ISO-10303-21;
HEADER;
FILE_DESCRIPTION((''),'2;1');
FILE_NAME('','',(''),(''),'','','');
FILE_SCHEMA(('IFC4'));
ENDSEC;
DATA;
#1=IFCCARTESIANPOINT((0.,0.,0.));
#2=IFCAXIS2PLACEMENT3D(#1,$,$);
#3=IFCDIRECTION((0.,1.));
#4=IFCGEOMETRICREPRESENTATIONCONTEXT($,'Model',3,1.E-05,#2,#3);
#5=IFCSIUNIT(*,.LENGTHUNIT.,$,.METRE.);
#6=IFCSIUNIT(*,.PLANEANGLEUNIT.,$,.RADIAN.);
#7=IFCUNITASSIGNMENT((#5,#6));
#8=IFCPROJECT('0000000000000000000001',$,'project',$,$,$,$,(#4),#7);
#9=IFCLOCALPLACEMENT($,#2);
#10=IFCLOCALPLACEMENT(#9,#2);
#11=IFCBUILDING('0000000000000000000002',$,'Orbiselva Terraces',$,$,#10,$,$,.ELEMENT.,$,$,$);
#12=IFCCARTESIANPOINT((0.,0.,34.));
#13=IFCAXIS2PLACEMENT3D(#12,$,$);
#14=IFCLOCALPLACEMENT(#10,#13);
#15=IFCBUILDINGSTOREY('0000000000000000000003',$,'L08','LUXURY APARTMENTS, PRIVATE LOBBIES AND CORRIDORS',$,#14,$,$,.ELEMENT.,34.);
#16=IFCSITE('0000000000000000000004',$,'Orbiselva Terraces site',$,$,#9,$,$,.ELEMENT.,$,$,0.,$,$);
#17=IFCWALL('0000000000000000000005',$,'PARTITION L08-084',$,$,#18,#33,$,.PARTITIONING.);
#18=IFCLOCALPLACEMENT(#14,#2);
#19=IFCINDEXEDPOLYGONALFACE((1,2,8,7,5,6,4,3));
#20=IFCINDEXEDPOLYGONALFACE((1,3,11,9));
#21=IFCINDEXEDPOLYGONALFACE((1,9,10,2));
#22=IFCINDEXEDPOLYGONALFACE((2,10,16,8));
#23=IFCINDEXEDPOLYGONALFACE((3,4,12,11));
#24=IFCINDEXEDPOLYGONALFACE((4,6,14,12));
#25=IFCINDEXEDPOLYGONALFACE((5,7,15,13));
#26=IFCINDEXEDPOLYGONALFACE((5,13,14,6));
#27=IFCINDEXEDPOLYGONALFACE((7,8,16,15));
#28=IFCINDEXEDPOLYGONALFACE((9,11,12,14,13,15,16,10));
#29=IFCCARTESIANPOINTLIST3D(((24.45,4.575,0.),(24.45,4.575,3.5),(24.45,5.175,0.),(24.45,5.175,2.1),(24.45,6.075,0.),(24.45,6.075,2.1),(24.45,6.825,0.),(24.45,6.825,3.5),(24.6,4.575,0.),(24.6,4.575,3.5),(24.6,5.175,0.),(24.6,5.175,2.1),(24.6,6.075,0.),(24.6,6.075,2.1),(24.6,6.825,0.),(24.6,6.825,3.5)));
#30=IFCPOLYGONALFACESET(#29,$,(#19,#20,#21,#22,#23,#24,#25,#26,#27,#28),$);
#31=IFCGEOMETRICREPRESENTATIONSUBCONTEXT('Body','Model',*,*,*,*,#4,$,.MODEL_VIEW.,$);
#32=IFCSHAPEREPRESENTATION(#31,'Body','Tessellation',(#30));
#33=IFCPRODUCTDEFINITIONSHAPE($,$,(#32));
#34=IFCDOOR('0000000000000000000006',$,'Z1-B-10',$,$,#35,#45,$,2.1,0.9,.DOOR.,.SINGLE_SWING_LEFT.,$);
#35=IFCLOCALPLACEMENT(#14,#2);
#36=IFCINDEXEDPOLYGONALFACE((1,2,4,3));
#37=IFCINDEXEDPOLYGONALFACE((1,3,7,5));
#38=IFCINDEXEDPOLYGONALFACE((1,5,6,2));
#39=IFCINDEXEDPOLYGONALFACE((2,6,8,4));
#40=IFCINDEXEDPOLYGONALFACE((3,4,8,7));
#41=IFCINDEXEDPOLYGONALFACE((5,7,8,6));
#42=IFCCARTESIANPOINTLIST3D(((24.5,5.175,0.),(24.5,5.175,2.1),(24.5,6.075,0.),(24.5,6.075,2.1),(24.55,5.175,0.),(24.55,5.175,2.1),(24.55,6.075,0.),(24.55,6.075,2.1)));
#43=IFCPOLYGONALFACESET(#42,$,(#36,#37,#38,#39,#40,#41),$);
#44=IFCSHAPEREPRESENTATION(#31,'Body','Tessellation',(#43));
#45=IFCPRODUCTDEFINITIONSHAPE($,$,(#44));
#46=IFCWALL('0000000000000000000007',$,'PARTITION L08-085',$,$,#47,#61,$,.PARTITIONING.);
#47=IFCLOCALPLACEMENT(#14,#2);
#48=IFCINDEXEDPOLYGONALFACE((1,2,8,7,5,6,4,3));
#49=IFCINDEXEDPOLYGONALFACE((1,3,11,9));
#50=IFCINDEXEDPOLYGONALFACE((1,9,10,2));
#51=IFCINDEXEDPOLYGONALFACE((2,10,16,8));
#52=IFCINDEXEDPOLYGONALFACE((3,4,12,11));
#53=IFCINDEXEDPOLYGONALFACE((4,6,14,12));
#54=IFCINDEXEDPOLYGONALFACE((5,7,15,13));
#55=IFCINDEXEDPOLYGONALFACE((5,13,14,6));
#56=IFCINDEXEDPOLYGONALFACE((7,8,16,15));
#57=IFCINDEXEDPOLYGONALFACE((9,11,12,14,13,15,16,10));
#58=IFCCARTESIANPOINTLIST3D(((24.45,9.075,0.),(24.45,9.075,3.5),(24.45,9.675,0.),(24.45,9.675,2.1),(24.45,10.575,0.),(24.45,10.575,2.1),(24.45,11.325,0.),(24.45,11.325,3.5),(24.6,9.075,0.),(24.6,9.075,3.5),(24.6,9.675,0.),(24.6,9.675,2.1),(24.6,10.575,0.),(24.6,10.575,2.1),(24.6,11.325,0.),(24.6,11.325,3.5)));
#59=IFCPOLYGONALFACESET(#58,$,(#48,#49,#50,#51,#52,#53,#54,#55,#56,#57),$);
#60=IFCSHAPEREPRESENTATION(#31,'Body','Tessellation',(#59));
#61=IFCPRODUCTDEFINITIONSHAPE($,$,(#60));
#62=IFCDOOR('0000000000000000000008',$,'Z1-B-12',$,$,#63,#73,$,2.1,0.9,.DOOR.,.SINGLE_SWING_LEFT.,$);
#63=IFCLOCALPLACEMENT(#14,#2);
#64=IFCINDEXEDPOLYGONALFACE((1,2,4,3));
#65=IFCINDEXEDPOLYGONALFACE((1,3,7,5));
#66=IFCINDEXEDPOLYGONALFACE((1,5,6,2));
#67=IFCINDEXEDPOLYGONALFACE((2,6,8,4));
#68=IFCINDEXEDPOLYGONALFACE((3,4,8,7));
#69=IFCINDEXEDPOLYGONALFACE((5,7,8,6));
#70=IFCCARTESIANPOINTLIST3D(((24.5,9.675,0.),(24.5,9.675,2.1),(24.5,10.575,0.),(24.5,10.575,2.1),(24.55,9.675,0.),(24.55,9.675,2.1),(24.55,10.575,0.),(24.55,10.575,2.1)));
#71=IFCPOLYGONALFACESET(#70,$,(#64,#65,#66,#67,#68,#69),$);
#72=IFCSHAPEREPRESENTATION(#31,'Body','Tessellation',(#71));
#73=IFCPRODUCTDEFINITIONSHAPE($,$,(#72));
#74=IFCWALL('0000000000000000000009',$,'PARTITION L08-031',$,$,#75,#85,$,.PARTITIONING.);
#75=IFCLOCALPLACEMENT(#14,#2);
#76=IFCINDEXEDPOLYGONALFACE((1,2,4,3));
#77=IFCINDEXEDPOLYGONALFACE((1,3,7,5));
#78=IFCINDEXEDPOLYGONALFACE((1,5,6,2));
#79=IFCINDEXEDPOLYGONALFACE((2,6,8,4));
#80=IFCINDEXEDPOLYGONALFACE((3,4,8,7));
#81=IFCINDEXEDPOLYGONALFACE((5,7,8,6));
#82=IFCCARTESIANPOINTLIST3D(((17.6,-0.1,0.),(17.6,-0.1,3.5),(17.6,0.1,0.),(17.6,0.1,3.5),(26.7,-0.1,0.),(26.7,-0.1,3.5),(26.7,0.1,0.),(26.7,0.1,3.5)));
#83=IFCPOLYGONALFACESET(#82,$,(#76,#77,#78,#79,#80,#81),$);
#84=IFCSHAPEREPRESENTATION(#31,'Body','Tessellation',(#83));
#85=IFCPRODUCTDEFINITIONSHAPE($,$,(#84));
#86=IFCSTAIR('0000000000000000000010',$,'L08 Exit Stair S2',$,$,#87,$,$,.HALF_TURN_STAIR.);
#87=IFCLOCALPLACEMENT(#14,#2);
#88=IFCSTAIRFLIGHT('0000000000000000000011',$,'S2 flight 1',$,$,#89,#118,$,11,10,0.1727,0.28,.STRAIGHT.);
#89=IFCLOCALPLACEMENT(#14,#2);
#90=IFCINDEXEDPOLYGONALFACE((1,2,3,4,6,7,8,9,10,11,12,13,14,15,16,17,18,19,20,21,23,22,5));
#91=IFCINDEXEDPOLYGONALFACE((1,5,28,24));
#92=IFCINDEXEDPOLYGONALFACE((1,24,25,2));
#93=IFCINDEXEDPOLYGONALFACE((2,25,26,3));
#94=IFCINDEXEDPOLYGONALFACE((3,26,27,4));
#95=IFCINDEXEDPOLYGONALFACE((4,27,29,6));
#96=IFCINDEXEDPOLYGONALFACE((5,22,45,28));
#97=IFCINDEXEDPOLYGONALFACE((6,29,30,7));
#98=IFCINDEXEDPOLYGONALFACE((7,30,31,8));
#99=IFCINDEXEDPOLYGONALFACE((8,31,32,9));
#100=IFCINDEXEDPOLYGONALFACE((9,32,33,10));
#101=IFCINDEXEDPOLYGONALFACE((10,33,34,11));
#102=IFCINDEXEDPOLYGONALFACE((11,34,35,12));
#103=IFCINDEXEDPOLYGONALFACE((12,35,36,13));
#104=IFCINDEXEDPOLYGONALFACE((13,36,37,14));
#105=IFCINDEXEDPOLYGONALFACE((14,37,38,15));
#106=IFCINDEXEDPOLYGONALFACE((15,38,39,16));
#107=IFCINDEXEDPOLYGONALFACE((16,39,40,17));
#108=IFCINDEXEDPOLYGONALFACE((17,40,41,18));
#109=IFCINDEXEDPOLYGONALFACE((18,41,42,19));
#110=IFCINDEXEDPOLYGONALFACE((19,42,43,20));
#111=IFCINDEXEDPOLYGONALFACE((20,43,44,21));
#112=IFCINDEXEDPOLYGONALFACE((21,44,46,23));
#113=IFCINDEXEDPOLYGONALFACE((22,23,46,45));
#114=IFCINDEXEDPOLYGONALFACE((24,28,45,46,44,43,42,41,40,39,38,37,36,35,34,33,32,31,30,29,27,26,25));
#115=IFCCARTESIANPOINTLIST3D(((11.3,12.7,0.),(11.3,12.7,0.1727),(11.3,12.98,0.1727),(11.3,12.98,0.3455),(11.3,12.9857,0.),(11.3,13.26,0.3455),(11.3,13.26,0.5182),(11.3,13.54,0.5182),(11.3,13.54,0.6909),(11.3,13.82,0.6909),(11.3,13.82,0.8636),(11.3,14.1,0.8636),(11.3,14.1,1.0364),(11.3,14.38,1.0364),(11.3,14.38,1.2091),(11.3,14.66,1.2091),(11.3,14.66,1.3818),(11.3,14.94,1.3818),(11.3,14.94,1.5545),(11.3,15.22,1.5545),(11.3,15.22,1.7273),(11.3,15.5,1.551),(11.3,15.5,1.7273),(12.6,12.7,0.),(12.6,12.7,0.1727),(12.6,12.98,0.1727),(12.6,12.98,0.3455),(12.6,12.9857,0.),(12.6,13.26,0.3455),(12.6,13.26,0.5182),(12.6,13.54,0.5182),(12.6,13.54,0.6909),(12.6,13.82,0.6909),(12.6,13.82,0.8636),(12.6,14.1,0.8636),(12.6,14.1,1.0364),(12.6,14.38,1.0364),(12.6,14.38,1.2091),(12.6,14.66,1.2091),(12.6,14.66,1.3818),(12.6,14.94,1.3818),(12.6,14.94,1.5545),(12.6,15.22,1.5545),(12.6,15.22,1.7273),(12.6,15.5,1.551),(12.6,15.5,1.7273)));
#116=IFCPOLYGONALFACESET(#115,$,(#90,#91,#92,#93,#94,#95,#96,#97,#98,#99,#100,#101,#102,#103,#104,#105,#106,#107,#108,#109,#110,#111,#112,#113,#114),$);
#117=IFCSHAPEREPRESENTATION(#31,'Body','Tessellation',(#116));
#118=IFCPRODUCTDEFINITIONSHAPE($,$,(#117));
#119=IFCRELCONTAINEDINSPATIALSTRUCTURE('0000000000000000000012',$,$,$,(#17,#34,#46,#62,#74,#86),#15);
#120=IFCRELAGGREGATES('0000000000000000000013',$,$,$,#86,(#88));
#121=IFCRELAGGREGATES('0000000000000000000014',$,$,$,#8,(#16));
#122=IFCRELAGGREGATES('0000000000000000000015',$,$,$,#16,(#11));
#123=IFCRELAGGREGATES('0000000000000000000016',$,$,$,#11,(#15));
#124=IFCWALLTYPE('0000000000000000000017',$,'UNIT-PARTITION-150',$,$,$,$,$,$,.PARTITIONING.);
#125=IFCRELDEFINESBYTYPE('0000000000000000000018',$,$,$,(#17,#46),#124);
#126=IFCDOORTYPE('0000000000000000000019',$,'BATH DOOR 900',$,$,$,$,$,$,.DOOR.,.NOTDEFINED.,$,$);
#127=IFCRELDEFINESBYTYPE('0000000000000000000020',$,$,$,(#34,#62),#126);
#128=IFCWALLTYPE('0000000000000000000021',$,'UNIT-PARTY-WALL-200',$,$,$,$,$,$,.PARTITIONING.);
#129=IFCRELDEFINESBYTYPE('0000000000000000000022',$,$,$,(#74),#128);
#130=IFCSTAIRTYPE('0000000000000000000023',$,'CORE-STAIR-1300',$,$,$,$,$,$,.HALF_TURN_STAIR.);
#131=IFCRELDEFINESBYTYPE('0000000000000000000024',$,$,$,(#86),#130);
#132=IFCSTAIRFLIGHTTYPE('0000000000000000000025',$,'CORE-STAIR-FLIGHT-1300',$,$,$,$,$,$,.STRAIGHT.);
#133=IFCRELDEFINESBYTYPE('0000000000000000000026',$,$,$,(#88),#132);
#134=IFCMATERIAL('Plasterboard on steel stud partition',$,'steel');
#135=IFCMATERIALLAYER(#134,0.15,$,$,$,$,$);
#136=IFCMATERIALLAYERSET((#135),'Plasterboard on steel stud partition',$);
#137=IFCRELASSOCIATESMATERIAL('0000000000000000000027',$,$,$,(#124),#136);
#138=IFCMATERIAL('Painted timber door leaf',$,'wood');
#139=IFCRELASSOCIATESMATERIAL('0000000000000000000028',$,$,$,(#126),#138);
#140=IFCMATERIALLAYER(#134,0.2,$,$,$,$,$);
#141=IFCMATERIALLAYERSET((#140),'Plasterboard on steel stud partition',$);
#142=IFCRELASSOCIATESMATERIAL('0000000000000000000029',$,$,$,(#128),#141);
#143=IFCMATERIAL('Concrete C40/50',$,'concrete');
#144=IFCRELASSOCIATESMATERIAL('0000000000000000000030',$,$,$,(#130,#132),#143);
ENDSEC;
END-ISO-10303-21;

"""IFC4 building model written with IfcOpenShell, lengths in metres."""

from ifc_helpers import new_model, si_unit, direction, frame, frame_2d, origin, place, context, subcontext, project, spatial, polyline, rectangle, outline, extrude, material, layer, layer_set, type_object, element, fill, aggregate, save


model = new_model("IFC4")

# Units and contexts
model_context = context("Model", 3, precision=1e-05, world=origin(), true_north=direction((0.0, 1.0)))
body_context = subcontext(model_context, "Body", "Model", "MODEL_VIEW")
ifc_project = project(units=[si_unit("LENGTHUNIT", "METRE"), si_unit("PLANEANGLEUNIT", "RADIAN")], contexts=[model_context])

# Site, building, storey
site_placement = place(None, origin())
site = spatial("IfcSite", under=ifc_project, at=site_placement, Name="Orbiselva Terraces site", CompositionType="ELEMENT", RefElevation=0.0)
building_placement = place(site_placement, origin())
building = spatial("IfcBuilding", under=site, at=building_placement, Name="Orbiselva Terraces", CompositionType="ELEMENT")
storey_placement = place(building_placement, frame((0.0, 0.0, 34.0)))
storey = spatial("IfcBuildingStorey", under=building, at=storey_placement, Name="L08", Description="LUXURY APARTMENTS, PRIVATE LOBBIES AND CORRIDORS", CompositionType="ELEMENT", Elevation=34.0)

# Shared definitions
ifc_material_1 = material(Name="Plasterboard on steel stud partition", Category="steel")
ifc_material_2 = material(Name="Painted timber door leaf", Category="wood")

# Shared definitions
ifc_layer_1 = layer(ifc_material_1, 0.15)
ifc_layer_set_1 = layer_set([ifc_layer_1], Name="Plasterboard on steel stud partition")
wall_type_1 = type_object("IfcWallType", Name="UNIT-PARTITION-150", PredefinedType="PARTITIONING", material=ifc_layer_set_1)

# Walls, openings, doors
wall_1_placement = place(storey_placement, frame((24.525, 4.575, 0.0), z_axis=(0.0, 0.0, 1.0), x_axis=(0.0, 1.0, 0.0)))
wall_1 = element("IfcWall", 1, at=wall_1_placement, inside=storey, type_object=wall_type_1, Name="PARTITION L08-084", PredefinedType="PARTITIONING", context=body_context, shape_type="SweptSolid", body=[
    extrude(rectangle(XDim=2.25, YDim=0.15, at=frame_2d((1.125, 0.0))), origin(), (0.0, 0.0, 1.0), 3.5),
])
opening_1_placement = place(wall_1_placement, frame((0.6, 0.0, 0.0)))
opening_1 = element("IfcOpeningElement", 2, at=opening_1_placement, cuts=wall_1, PredefinedType="OPENING", context=body_context, shape_type="SweptSolid", body=[
    extrude(rectangle(XDim=0.9, YDim=2.1, at=frame_2d((0.45, 1.05))), frame((0.0, 0.085, 0.0), z_axis=(0.0, -1.0, 0.0), x_axis=(1.0, 0.0, 0.0)), (0.0, 0.0, 1.0), 0.17),
])
door_type_1 = type_object("IfcDoorType", Name="BATH DOOR 900", OperationType="NOTDEFINED", PredefinedType="DOOR", material=ifc_material_2)
door_1_placement = place(opening_1_placement, origin())
door_1 = element("IfcDoor", 3, at=door_1_placement, inside=storey, type_object=door_type_1, Name="Z1-B-10", OperationType="SINGLE_SWING_LEFT", OverallHeight=2.1, OverallWidth=0.9, PredefinedType="DOOR", context=body_context, shape_type="SweptSolid", body=[
    extrude(rectangle(XDim=0.9, YDim=2.1, at=frame_2d((0.45, 1.05))), frame((0.0, 0.025, 0.0), z_axis=(0.0, -1.0, 0.0), x_axis=(1.0, 0.0, 0.0)), (0.0, 0.0, 1.0), 0.05),
])
fill(opening_1, door_1)
wall_2_placement = place(storey_placement, frame((24.525, 9.075, 0.0), z_axis=(0.0, 0.0, 1.0), x_axis=(0.0, 1.0, 0.0)))
wall_2 = element("IfcWall", 4, at=wall_2_placement, inside=storey, type_object=wall_type_1, Name="PARTITION L08-085", PredefinedType="PARTITIONING", context=body_context, shape_type="SweptSolid", body=[
    extrude(rectangle(XDim=2.25, YDim=0.15, at=frame_2d((1.125, 0.0))), origin(), (0.0, 0.0, 1.0), 3.5),
])
opening_2_placement = place(wall_2_placement, frame((0.6, 0.0, 0.0)))
opening_2 = element("IfcOpeningElement", 5, at=opening_2_placement, cuts=wall_2, PredefinedType="OPENING", context=body_context, shape_type="SweptSolid", body=[
    extrude(rectangle(XDim=0.9, YDim=2.1, at=frame_2d((0.45, 1.05))), frame((0.0, 0.085, 0.0), z_axis=(0.0, -1.0, 0.0), x_axis=(1.0, 0.0, 0.0)), (0.0, 0.0, 1.0), 0.17),
])
door_2_placement = place(opening_2_placement, origin())
door_2 = element("IfcDoor", 6, at=door_2_placement, inside=storey, type_object=door_type_1, Name="Z1-B-12", OperationType="SINGLE_SWING_LEFT", OverallHeight=2.1, OverallWidth=0.9, PredefinedType="DOOR", context=body_context, shape_type="SweptSolid", body=[
    extrude(rectangle(XDim=0.9, YDim=2.1, at=frame_2d((0.45, 1.05))), frame((0.0, 0.025, 0.0), z_axis=(0.0, -1.0, 0.0), x_axis=(1.0, 0.0, 0.0)), (0.0, 0.0, 1.0), 0.05),
])
fill(opening_2, door_2)

# Wall
ifc_layer_2 = layer(ifc_material_1, 0.2)
ifc_layer_set_2 = layer_set([ifc_layer_2], Name="Plasterboard on steel stud partition")
wall_type_2 = type_object("IfcWallType", Name="UNIT-PARTY-WALL-200", PredefinedType="PARTITIONING", material=ifc_layer_set_2)
wall_3_placement = place(storey_placement, frame((17.6, 0.0, 0.0), z_axis=(0.0, 0.0, 1.0), x_axis=(1.0, 0.0, 0.0)))
element("IfcWall", 7, at=wall_3_placement, inside=storey, type_object=wall_type_2, Name="PARTITION L08-031", PredefinedType="PARTITIONING", context=body_context, shape_type="SweptSolid", body=[
    extrude(rectangle(XDim=9.1, YDim=0.2, at=frame_2d((4.55, 0.0))), origin(), (0.0, 0.0, 1.0), 3.5),
])

# Stair, stair flight
ifc_material_3 = material(Name="Concrete C40/50", Category="concrete")
stair_type = type_object("IfcStairType", Name="CORE-STAIR-1300", PredefinedType="HALF_TURN_STAIR", material=ifc_material_3)
stair_placement = place(storey_placement, origin())
stair = element("IfcStair", 8, at=stair_placement, inside=storey, type_object=stair_type, Name="L08 Exit Stair S2", PredefinedType="HALF_TURN_STAIR")
stair_flight_type = type_object("IfcStairFlightType", Name="CORE-STAIR-FLIGHT-1300", PredefinedType="STRAIGHT", material=ifc_material_3)
stair_flight_placement = place(storey_placement, frame((11.95, 12.7, 0.0), z_axis=(0.0, 0.0, 1.0), x_axis=(0.0, 1.0, 0.0)))
stair_flight = element("IfcStairFlight", 9, at=stair_flight_placement, type_object=stair_flight_type, Name="S2 flight 1", NumberOfRisers=11, NumberOfTreads=10, PredefinedType="STRAIGHT", RiserHeight=0.1727, TreadLength=0.28, context=body_context, shape_type="SweptSolid", body=[
    extrude(outline(polyline([(0.0, 0.0), (0.0, 0.1727), (0.28, 0.1727), (0.28, 0.3455), (0.56, 0.3455), (0.56, 0.5182), (0.84, 0.5182), (0.84, 0.6909), (1.12, 0.6909), (1.12, 0.8636), (1.4, 0.8636), (1.4, 1.0364), (1.68, 1.0364), (1.68, 1.2091), (1.96, 1.2091), (1.96, 1.3818), (2.24, 1.3818), (2.24, 1.5545), (2.52, 1.5545), (2.52, 1.7273), (2.8, 1.7273), (2.8, 1.9), (2.8, 1.551), (0.2857, 0.0), (0.0, 0.0)])), frame((0.0, 0.65, 0.0), z_axis=(0.0, -1.0, 0.0), x_axis=(1.0, 0.0, 0.0)), (0.0, 0.0, 1.0), 1.3),
])
aggregate(stair, [stair_flight])

save(model, "model.ifc")
